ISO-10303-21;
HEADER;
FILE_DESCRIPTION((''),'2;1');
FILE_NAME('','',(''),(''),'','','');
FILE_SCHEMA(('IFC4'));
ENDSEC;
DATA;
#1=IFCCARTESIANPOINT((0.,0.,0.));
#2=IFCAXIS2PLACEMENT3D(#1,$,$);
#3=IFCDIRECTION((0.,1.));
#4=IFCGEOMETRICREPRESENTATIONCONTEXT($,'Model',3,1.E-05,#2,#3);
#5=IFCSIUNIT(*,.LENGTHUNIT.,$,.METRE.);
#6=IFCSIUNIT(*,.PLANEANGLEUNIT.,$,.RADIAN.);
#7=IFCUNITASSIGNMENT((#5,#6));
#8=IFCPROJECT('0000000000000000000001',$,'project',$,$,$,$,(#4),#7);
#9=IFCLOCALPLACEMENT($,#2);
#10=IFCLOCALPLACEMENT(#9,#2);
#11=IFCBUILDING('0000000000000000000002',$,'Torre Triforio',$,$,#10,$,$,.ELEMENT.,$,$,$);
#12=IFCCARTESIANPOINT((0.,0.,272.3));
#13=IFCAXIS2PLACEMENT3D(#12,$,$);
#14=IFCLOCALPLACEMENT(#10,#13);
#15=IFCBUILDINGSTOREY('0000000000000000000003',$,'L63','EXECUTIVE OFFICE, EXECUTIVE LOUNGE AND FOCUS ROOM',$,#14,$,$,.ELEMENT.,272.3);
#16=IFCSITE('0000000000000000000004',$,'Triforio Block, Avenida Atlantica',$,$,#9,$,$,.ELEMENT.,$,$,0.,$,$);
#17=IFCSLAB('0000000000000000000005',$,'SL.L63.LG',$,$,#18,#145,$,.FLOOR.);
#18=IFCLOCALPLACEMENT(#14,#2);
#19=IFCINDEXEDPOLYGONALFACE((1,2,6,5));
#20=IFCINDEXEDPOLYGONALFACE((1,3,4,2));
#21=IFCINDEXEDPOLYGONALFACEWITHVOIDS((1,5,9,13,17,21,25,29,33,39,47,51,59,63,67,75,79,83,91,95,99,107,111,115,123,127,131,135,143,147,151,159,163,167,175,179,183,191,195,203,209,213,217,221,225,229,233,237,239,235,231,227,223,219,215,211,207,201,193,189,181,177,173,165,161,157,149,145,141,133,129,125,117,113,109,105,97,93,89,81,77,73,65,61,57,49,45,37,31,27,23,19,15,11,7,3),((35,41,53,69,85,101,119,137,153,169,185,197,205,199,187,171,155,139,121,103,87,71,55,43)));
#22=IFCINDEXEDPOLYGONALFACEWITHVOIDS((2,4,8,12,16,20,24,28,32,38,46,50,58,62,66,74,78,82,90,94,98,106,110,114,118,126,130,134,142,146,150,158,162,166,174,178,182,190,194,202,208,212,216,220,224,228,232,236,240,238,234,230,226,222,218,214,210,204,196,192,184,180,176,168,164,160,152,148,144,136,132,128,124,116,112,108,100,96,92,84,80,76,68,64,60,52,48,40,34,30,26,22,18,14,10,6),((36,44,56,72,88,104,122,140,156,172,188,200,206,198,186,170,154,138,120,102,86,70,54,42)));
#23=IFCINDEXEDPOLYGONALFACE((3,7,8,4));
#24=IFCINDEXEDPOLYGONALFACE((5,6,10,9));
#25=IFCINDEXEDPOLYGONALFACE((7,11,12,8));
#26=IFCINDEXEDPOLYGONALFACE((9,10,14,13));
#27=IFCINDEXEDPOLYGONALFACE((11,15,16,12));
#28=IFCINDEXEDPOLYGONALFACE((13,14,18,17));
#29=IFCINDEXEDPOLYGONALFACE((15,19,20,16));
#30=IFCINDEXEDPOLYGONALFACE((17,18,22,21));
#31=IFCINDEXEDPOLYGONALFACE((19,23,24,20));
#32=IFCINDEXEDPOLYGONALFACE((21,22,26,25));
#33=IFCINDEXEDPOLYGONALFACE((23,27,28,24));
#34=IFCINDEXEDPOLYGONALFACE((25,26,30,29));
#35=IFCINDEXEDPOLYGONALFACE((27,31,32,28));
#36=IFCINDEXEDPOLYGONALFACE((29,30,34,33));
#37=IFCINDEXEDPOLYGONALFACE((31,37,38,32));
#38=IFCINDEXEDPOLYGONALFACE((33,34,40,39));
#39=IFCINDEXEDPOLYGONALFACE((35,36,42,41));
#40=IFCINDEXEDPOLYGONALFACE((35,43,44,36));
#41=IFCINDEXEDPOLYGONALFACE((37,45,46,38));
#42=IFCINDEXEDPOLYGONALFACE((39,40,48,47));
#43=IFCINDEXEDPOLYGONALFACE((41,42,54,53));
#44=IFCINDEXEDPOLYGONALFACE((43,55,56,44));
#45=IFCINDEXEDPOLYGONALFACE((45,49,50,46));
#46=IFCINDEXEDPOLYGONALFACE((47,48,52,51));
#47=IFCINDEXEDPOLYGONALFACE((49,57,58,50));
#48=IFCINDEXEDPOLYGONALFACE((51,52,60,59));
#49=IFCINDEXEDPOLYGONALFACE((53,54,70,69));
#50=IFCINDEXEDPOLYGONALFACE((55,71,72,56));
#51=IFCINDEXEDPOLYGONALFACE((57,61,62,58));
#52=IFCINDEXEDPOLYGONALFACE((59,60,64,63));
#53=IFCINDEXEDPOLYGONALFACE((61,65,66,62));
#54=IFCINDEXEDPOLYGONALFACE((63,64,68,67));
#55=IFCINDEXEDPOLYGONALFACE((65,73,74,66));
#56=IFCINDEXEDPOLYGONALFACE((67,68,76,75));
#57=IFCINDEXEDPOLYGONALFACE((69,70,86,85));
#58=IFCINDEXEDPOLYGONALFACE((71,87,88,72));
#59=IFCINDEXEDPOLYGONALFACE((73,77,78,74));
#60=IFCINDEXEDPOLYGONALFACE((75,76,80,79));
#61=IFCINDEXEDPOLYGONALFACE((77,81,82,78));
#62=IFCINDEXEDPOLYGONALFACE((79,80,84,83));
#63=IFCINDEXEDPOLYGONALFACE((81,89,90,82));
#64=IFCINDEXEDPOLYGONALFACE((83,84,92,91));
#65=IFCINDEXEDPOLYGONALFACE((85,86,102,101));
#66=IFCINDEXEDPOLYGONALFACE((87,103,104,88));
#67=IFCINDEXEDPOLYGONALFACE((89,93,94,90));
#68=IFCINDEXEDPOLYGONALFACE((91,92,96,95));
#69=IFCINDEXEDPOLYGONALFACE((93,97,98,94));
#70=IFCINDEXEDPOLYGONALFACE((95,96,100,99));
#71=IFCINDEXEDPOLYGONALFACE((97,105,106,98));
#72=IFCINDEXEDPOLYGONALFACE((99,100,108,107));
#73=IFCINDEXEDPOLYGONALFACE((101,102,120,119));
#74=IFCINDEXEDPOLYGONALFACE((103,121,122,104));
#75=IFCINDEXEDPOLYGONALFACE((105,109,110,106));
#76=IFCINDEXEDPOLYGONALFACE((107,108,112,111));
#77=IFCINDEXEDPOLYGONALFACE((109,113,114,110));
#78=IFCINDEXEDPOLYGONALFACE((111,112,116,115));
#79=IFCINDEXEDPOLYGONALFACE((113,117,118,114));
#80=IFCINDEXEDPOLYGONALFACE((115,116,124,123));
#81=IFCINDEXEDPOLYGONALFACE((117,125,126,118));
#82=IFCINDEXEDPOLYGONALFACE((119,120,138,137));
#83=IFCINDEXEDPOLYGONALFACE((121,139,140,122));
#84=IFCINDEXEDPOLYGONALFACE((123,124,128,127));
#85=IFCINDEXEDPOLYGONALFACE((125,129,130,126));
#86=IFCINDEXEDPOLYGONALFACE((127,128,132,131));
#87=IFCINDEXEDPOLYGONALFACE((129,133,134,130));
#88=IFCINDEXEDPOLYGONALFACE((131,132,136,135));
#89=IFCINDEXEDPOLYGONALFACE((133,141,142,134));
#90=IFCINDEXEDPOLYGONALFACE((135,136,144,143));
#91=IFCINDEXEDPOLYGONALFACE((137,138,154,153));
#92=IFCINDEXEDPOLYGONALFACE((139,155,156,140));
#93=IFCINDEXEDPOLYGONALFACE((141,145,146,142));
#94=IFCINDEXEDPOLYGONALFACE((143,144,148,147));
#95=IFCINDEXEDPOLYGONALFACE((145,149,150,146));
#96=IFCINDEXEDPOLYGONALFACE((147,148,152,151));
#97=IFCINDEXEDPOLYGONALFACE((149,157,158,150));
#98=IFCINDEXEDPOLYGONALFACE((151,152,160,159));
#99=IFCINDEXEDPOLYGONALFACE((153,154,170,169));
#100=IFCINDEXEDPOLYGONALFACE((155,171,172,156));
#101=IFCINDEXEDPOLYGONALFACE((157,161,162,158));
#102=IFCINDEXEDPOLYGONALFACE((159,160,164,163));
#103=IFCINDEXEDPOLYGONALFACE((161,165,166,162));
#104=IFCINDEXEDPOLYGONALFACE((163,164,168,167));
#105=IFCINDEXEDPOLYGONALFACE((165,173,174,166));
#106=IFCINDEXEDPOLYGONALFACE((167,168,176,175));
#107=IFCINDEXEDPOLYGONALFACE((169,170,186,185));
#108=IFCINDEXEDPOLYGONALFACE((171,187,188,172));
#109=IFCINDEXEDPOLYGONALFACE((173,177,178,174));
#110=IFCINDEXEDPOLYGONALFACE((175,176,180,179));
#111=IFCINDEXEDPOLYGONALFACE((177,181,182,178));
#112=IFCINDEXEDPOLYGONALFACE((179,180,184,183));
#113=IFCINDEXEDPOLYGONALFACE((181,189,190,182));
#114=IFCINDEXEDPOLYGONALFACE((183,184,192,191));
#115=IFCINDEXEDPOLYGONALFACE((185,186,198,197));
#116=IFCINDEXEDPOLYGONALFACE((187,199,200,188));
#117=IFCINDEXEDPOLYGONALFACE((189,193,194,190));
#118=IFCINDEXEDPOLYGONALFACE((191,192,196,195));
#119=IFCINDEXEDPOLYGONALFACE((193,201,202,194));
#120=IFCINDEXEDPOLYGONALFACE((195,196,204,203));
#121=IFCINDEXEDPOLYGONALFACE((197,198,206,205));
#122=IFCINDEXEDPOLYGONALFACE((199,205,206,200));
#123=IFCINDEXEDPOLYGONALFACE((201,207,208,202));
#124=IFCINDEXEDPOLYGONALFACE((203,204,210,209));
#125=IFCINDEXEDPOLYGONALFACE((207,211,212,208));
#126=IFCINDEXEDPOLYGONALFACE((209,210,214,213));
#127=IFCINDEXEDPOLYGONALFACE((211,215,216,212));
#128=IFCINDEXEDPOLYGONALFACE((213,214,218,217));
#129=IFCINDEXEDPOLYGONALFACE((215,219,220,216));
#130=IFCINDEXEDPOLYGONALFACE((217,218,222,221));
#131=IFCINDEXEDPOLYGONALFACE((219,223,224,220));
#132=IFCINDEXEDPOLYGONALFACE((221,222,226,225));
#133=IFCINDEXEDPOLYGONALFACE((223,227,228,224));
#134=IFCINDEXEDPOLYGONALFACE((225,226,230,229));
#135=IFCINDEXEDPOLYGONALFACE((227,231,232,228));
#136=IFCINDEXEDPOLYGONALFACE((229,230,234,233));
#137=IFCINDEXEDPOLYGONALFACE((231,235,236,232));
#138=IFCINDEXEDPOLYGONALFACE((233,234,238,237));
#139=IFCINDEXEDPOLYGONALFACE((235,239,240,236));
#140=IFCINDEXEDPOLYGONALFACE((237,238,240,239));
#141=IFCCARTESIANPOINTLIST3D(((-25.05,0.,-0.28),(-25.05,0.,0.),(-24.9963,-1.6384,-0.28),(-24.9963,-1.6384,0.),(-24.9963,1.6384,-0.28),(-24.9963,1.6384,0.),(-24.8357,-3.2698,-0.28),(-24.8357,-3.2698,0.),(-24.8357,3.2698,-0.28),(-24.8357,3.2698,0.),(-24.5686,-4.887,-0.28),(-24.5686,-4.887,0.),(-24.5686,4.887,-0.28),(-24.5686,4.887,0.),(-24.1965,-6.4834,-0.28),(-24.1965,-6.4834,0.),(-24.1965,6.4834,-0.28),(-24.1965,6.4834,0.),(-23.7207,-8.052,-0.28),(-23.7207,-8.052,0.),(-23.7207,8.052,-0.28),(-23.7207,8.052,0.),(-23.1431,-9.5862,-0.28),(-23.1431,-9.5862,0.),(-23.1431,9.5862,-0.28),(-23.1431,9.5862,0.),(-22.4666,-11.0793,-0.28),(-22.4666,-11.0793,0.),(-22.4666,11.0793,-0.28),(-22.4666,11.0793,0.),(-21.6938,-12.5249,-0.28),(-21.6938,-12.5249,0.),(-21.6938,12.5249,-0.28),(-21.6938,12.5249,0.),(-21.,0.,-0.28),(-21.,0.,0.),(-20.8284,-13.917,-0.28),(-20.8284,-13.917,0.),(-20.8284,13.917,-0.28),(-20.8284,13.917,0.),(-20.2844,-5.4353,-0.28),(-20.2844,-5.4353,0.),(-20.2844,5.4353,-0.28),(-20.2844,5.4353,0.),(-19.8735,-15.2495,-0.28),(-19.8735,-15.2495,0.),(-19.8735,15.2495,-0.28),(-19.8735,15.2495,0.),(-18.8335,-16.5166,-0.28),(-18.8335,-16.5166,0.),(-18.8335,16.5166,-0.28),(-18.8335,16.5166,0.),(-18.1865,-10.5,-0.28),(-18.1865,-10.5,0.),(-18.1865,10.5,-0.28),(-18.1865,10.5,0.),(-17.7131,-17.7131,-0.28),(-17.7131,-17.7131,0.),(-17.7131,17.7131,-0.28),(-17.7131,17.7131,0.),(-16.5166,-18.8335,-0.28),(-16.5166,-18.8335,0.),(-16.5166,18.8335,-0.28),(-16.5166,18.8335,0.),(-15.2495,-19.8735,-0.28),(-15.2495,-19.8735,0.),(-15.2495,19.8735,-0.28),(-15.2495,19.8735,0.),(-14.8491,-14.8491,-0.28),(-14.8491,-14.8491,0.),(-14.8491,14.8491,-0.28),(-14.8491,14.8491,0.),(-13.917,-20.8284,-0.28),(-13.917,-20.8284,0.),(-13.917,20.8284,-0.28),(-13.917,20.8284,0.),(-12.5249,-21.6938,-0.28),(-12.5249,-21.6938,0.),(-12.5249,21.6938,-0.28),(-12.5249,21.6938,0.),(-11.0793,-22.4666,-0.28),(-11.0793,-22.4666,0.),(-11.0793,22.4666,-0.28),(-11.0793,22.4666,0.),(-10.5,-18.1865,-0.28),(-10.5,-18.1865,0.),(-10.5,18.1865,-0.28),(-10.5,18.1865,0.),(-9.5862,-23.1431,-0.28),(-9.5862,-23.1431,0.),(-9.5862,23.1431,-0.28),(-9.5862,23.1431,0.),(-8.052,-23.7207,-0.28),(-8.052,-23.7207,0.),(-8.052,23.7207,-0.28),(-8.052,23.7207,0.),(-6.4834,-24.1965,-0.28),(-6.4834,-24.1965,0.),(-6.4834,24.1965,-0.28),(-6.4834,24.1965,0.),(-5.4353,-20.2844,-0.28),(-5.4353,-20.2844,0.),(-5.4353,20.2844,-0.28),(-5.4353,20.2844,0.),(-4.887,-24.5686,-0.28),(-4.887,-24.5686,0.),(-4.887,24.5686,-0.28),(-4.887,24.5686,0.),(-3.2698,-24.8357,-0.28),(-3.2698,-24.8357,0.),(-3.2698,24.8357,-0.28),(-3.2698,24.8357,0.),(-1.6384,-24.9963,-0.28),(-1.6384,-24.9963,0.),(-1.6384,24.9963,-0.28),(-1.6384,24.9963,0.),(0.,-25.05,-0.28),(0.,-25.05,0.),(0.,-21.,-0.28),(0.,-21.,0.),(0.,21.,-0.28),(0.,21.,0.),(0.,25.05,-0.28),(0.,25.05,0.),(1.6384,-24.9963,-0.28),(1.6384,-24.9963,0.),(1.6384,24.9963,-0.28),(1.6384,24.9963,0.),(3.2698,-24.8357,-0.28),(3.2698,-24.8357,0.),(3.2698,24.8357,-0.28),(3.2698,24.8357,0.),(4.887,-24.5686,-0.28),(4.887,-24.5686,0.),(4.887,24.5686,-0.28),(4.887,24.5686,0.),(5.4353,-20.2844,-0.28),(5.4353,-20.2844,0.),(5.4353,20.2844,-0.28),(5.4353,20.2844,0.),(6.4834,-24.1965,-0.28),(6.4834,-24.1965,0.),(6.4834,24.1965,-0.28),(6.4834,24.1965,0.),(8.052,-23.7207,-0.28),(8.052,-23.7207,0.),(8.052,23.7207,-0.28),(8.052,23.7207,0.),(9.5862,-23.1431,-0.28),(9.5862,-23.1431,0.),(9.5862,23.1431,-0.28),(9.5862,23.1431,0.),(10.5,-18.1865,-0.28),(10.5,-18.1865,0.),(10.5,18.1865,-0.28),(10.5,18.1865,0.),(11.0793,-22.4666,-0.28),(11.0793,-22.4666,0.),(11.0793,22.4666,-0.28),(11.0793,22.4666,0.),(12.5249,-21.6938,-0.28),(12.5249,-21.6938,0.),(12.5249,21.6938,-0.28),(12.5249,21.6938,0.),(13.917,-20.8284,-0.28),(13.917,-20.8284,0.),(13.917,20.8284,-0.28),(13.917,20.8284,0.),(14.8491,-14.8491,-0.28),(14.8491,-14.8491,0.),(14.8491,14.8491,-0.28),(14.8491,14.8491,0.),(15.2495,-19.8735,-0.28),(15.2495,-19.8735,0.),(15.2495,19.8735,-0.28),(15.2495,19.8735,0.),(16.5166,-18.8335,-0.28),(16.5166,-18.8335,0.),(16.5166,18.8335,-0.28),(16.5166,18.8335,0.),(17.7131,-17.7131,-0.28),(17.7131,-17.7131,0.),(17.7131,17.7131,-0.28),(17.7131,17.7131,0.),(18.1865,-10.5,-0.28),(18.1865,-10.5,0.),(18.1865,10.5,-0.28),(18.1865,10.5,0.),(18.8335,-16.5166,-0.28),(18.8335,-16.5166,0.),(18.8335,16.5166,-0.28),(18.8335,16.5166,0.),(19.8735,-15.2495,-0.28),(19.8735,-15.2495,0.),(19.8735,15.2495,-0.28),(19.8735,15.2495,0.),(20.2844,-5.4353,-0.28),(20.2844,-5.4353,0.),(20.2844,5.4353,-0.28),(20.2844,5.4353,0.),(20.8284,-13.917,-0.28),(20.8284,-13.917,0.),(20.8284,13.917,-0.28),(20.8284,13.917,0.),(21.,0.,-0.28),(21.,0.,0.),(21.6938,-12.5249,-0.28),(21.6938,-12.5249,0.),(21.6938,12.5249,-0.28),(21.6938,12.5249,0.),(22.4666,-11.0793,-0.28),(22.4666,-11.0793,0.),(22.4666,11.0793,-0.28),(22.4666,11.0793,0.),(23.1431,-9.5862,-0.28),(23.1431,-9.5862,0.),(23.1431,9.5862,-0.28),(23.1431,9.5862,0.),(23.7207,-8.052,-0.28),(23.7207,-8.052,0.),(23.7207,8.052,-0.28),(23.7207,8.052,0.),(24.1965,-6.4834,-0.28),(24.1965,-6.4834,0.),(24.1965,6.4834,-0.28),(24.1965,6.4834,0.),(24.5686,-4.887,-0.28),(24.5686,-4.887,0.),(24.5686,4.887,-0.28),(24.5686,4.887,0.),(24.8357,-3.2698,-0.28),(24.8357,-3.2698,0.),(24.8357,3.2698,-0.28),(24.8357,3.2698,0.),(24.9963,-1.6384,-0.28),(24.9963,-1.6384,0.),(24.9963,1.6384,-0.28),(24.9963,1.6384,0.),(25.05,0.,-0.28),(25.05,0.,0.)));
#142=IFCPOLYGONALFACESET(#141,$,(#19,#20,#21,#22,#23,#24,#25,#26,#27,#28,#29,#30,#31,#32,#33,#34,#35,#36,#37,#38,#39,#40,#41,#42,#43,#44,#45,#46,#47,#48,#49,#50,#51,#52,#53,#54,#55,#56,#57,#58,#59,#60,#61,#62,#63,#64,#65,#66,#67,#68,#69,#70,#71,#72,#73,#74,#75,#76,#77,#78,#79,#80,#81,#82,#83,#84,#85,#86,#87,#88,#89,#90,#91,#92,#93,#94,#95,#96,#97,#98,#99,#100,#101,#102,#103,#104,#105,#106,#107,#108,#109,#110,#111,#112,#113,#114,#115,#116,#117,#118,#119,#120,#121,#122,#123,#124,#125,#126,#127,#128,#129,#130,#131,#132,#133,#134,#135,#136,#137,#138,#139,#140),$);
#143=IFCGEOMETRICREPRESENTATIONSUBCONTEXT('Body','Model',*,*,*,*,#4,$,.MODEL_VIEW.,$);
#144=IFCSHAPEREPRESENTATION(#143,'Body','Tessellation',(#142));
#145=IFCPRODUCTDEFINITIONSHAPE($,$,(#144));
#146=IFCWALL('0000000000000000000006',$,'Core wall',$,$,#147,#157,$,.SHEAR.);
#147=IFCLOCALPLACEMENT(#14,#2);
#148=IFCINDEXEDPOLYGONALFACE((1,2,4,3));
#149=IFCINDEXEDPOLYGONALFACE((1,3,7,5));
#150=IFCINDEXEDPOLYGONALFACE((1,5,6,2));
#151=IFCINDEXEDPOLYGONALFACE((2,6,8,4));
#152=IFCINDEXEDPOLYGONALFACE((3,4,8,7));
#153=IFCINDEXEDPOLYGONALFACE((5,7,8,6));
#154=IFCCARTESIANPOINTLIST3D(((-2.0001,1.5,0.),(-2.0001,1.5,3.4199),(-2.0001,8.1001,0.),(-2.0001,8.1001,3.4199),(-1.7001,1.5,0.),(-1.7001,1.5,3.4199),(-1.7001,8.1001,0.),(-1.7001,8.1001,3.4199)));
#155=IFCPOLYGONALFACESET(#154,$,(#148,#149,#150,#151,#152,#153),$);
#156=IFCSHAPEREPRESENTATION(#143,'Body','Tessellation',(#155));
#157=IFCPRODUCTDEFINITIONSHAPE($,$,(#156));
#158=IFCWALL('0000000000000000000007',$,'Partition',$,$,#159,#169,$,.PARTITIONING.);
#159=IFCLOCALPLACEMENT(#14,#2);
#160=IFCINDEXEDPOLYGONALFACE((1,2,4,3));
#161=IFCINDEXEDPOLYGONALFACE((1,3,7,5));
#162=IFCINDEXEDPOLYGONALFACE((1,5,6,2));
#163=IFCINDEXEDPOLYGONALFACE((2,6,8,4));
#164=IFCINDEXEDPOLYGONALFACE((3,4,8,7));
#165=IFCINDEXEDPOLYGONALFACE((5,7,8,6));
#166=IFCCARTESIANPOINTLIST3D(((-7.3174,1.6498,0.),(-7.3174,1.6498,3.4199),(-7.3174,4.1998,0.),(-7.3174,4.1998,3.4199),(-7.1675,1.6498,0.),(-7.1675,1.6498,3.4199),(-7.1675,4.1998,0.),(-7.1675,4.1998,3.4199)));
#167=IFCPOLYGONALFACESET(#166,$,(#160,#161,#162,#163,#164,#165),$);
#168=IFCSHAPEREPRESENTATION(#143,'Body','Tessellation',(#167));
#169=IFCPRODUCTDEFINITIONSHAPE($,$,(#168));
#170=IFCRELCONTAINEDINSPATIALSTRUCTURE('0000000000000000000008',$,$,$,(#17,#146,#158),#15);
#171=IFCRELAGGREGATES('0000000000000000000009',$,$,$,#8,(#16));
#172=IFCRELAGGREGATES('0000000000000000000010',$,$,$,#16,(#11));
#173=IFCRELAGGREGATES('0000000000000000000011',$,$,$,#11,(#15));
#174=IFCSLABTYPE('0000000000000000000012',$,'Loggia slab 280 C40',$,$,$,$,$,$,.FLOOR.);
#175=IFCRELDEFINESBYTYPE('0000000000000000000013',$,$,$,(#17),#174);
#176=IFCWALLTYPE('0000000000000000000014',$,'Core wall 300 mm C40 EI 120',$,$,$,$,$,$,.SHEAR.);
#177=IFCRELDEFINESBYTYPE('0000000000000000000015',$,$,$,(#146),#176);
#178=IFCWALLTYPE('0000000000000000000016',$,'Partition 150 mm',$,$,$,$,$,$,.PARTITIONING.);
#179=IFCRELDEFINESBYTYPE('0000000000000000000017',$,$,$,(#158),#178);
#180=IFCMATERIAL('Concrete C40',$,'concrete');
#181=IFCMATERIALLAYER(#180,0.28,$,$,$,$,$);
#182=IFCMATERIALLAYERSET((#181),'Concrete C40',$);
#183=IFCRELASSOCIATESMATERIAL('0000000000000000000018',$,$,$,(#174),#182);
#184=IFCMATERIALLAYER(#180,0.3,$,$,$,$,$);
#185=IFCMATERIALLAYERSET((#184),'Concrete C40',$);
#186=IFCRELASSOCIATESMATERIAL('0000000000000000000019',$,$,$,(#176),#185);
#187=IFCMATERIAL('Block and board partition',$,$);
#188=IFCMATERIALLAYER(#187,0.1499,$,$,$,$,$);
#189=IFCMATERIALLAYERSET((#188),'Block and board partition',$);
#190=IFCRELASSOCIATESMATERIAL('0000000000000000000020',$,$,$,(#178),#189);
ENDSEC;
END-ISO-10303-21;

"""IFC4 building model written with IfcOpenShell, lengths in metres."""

from ifc_helpers import new_model, si_unit, direction, frame, frame_2d, origin, place, context, subcontext, project, spatial, polyline, rectangle, outline, extrude, material, layer, layer_set, type_object, element, save


model = new_model("IFC4")

# Units and contexts
model_context = context("Model", 3, precision=1e-05, world=origin(), true_north=direction((0.0, 1.0)))
body_context = subcontext(model_context, "Body", "Model", "MODEL_VIEW")
ifc_project = project(units=[si_unit("LENGTHUNIT", "METRE"), si_unit("PLANEANGLEUNIT", "RADIAN")], contexts=[model_context])

# Site, building, storey
site_placement = place(None, origin())
site = spatial("IfcSite", under=ifc_project, at=site_placement, Name="Triforio Block, Avenida Atlantica", CompositionType="ELEMENT", RefElevation=0.0)
building_placement = place(site_placement, origin())
building = spatial("IfcBuilding", under=site, at=building_placement, Name="Torre Triforio", CompositionType="ELEMENT")
storey_placement = place(building_placement, frame((0.0, 0.0, 272.3)))
storey = spatial("IfcBuildingStorey", under=building, at=storey_placement, Name="L63", Description="EXECUTIVE OFFICE, EXECUTIVE LOUNGE AND FOCUS ROOM", CompositionType="ELEMENT", Elevation=272.3)

# Shared definitions
ifc_material_1 = material(Name="Concrete C40", Category="concrete")

# Slab
ifc_layer_1 = layer(ifc_material_1, 0.28)
ifc_layer_set_1 = layer_set([ifc_layer_1], Name="Concrete C40")
slab_type_1 = type_object("IfcSlabType", Name="Loggia slab 280 C40", PredefinedType="FLOOR", material=ifc_layer_set_1)
slab_1_placement = place(storey_placement, frame((0.0, 0.0, -0.28)))
element("IfcSlab", 1, at=slab_1_placement, inside=storey, type_object=slab_type_1, Name="SL.L63.LG", PredefinedType="FLOOR", context=body_context, shape_type="SweptSolid", body=[
    extrude(outline(polyline([(24.9963, -1.6384), (25.05, 0.0), (24.9963, 1.6384), (24.8357, 3.2698), (24.5686, 4.887), (24.1965, 6.4834), (23.7207, 8.052), (23.1431, 9.5862), (22.4666, 11.0793), (21.6938, 12.5249), (20.8284, 13.917), (19.8735, 15.2495), (18.8335, 16.5166), (17.7131, 17.7131), (16.5166, 18.8335), (15.2495, 19.8735), (13.917, 20.8284), (12.5249, 21.6938), (11.0793, 22.4666), (9.5862, 23.1431), (8.052, 23.7207), (6.4834, 24.1965), (4.887, 24.5686), (3.2698, 24.8357), (1.6384, 24.9963), (0.0, 25.05), (-1.6384, 24.9963), (-3.2698, 24.8357), (-4.887, 24.5686), (-6.4834, 24.1965), (-8.052, 23.7207), (-9.5862, 23.1431), (-11.0793, 22.4666), (-12.5249, 21.6938), (-13.917, 20.8284), (-15.2495, 19.8735), (-16.5166, 18.8335), (-17.7131, 17.7131), (-18.8335, 16.5166), (-19.8735, 15.2495), (-20.8284, 13.917), (-21.6938, 12.5249), (-22.4666, 11.0793), (-23.1431, 9.5862), (-23.7207, 8.052), (-24.1965, 6.4834), (-24.5686, 4.887), (-24.8357, 3.2698), (-24.9963, 1.6384), (-25.05, 0.0), (-24.9963, -1.6384), (-24.8357, -3.2698), (-24.5686, -4.887), (-24.1965, -6.4834), (-23.7207, -8.052), (-23.1431, -9.5862), (-22.4666, -11.0793), (-21.6938, -12.5249), (-20.8284, -13.917), (-19.8735, -15.2495), (-18.8335, -16.5166), (-17.7131, -17.7131), (-16.5166, -18.8335), (-15.2495, -19.8735), (-13.917, -20.8284), (-12.5249, -21.6938), (-11.0793, -22.4666), (-9.5862, -23.1431), (-8.052, -23.7207), (-6.4834, -24.1965), (-4.887, -24.5686), (-3.2698, -24.8357), (-1.6384, -24.9963), (0.0, -25.05), (1.6384, -24.9963), (3.2698, -24.8357), (4.887, -24.5686), (6.4834, -24.1965), (8.052, -23.7207), (9.5862, -23.1431), (11.0793, -22.4666), (12.5249, -21.6938), (13.917, -20.8284), (15.2495, -19.8735), (16.5166, -18.8335), (17.7131, -17.7131), (18.8335, -16.5166), (19.8735, -15.2495), (20.8284, -13.917), (21.6938, -12.5249), (22.4666, -11.0793), (23.1431, -9.5862), (23.7207, -8.052), (24.1965, -6.4834), (24.5686, -4.887), (24.8357, -3.2698), (24.9963, -1.6384)]), holes=[polyline([(20.2844, 5.4353), (21.0, 0.0), (20.2844, -5.4353), (18.1865, -10.5), (14.8491, -14.8491), (10.5, -18.1865), (5.4353, -20.2844), (0.0, -21.0), (-5.4353, -20.2844), (-10.5, -18.1865), (-14.8491, -14.8491), (-18.1865, -10.5), (-20.2844, -5.4353), (-21.0, 0.0), (-20.2844, 5.4353), (-18.1865, 10.5), (-14.8491, 14.8491), (-10.5, 18.1865), (-5.4353, 20.2844), (0.0, 21.0), (5.4353, 20.2844), (10.5, 18.1865), (14.8491, 14.8491), (18.1865, 10.5), (20.2844, 5.4353)])]), origin(), (0.0, 0.0, 1.0), 0.28),
])

# Walls
ifc_layer_2 = layer(ifc_material_1, 0.3)
ifc_layer_set_2 = layer_set([ifc_layer_2], Name="Concrete C40")
wall_type_1 = type_object("IfcWallType", Name="Core wall 300 mm C40 EI 120", PredefinedType="SHEAR", material=ifc_layer_set_2)
wall_1_placement = place(storey_placement, frame((-1.8501, 1.5, 0.0), z_axis=(0.0, 0.0, 1.0), x_axis=(0.0, 1.0, 0.0)))
element("IfcWall", 2, at=wall_1_placement, inside=storey, type_object=wall_type_1, Name="Core wall", PredefinedType="SHEAR", context=body_context, shape_type="SweptSolid", body=[
    extrude(rectangle(XDim=6.6001, YDim=0.3, at=frame_2d((3.3, 0.0))), origin(), (0.0, 0.0, 1.0), 3.4199),
])
ifc_material_2 = material(Name="Block and board partition")
ifc_layer_3 = layer(ifc_material_2, 0.1499)
ifc_layer_set_3 = layer_set([ifc_layer_3], Name="Block and board partition")
wall_type_2 = type_object("IfcWallType", Name="Partition 150 mm", PredefinedType="PARTITIONING", material=ifc_layer_set_3)
wall_2_placement = place(storey_placement, frame((-7.2424, 1.6499, 0.0), z_axis=(0.0, 0.0, 1.0), x_axis=(0.0, 1.0, 0.0)))
element("IfcWall", 3, at=wall_2_placement, inside=storey, type_object=wall_type_2, Name="Partition", PredefinedType="PARTITIONING", context=body_context, shape_type="SweptSolid", body=[
    extrude(rectangle(XDim=2.55, YDim=0.1499, at=frame_2d((1.2749, 0.0))), origin(), (0.0, 0.0, 1.0), 3.4199),
])

save(model, "model.ifc")
